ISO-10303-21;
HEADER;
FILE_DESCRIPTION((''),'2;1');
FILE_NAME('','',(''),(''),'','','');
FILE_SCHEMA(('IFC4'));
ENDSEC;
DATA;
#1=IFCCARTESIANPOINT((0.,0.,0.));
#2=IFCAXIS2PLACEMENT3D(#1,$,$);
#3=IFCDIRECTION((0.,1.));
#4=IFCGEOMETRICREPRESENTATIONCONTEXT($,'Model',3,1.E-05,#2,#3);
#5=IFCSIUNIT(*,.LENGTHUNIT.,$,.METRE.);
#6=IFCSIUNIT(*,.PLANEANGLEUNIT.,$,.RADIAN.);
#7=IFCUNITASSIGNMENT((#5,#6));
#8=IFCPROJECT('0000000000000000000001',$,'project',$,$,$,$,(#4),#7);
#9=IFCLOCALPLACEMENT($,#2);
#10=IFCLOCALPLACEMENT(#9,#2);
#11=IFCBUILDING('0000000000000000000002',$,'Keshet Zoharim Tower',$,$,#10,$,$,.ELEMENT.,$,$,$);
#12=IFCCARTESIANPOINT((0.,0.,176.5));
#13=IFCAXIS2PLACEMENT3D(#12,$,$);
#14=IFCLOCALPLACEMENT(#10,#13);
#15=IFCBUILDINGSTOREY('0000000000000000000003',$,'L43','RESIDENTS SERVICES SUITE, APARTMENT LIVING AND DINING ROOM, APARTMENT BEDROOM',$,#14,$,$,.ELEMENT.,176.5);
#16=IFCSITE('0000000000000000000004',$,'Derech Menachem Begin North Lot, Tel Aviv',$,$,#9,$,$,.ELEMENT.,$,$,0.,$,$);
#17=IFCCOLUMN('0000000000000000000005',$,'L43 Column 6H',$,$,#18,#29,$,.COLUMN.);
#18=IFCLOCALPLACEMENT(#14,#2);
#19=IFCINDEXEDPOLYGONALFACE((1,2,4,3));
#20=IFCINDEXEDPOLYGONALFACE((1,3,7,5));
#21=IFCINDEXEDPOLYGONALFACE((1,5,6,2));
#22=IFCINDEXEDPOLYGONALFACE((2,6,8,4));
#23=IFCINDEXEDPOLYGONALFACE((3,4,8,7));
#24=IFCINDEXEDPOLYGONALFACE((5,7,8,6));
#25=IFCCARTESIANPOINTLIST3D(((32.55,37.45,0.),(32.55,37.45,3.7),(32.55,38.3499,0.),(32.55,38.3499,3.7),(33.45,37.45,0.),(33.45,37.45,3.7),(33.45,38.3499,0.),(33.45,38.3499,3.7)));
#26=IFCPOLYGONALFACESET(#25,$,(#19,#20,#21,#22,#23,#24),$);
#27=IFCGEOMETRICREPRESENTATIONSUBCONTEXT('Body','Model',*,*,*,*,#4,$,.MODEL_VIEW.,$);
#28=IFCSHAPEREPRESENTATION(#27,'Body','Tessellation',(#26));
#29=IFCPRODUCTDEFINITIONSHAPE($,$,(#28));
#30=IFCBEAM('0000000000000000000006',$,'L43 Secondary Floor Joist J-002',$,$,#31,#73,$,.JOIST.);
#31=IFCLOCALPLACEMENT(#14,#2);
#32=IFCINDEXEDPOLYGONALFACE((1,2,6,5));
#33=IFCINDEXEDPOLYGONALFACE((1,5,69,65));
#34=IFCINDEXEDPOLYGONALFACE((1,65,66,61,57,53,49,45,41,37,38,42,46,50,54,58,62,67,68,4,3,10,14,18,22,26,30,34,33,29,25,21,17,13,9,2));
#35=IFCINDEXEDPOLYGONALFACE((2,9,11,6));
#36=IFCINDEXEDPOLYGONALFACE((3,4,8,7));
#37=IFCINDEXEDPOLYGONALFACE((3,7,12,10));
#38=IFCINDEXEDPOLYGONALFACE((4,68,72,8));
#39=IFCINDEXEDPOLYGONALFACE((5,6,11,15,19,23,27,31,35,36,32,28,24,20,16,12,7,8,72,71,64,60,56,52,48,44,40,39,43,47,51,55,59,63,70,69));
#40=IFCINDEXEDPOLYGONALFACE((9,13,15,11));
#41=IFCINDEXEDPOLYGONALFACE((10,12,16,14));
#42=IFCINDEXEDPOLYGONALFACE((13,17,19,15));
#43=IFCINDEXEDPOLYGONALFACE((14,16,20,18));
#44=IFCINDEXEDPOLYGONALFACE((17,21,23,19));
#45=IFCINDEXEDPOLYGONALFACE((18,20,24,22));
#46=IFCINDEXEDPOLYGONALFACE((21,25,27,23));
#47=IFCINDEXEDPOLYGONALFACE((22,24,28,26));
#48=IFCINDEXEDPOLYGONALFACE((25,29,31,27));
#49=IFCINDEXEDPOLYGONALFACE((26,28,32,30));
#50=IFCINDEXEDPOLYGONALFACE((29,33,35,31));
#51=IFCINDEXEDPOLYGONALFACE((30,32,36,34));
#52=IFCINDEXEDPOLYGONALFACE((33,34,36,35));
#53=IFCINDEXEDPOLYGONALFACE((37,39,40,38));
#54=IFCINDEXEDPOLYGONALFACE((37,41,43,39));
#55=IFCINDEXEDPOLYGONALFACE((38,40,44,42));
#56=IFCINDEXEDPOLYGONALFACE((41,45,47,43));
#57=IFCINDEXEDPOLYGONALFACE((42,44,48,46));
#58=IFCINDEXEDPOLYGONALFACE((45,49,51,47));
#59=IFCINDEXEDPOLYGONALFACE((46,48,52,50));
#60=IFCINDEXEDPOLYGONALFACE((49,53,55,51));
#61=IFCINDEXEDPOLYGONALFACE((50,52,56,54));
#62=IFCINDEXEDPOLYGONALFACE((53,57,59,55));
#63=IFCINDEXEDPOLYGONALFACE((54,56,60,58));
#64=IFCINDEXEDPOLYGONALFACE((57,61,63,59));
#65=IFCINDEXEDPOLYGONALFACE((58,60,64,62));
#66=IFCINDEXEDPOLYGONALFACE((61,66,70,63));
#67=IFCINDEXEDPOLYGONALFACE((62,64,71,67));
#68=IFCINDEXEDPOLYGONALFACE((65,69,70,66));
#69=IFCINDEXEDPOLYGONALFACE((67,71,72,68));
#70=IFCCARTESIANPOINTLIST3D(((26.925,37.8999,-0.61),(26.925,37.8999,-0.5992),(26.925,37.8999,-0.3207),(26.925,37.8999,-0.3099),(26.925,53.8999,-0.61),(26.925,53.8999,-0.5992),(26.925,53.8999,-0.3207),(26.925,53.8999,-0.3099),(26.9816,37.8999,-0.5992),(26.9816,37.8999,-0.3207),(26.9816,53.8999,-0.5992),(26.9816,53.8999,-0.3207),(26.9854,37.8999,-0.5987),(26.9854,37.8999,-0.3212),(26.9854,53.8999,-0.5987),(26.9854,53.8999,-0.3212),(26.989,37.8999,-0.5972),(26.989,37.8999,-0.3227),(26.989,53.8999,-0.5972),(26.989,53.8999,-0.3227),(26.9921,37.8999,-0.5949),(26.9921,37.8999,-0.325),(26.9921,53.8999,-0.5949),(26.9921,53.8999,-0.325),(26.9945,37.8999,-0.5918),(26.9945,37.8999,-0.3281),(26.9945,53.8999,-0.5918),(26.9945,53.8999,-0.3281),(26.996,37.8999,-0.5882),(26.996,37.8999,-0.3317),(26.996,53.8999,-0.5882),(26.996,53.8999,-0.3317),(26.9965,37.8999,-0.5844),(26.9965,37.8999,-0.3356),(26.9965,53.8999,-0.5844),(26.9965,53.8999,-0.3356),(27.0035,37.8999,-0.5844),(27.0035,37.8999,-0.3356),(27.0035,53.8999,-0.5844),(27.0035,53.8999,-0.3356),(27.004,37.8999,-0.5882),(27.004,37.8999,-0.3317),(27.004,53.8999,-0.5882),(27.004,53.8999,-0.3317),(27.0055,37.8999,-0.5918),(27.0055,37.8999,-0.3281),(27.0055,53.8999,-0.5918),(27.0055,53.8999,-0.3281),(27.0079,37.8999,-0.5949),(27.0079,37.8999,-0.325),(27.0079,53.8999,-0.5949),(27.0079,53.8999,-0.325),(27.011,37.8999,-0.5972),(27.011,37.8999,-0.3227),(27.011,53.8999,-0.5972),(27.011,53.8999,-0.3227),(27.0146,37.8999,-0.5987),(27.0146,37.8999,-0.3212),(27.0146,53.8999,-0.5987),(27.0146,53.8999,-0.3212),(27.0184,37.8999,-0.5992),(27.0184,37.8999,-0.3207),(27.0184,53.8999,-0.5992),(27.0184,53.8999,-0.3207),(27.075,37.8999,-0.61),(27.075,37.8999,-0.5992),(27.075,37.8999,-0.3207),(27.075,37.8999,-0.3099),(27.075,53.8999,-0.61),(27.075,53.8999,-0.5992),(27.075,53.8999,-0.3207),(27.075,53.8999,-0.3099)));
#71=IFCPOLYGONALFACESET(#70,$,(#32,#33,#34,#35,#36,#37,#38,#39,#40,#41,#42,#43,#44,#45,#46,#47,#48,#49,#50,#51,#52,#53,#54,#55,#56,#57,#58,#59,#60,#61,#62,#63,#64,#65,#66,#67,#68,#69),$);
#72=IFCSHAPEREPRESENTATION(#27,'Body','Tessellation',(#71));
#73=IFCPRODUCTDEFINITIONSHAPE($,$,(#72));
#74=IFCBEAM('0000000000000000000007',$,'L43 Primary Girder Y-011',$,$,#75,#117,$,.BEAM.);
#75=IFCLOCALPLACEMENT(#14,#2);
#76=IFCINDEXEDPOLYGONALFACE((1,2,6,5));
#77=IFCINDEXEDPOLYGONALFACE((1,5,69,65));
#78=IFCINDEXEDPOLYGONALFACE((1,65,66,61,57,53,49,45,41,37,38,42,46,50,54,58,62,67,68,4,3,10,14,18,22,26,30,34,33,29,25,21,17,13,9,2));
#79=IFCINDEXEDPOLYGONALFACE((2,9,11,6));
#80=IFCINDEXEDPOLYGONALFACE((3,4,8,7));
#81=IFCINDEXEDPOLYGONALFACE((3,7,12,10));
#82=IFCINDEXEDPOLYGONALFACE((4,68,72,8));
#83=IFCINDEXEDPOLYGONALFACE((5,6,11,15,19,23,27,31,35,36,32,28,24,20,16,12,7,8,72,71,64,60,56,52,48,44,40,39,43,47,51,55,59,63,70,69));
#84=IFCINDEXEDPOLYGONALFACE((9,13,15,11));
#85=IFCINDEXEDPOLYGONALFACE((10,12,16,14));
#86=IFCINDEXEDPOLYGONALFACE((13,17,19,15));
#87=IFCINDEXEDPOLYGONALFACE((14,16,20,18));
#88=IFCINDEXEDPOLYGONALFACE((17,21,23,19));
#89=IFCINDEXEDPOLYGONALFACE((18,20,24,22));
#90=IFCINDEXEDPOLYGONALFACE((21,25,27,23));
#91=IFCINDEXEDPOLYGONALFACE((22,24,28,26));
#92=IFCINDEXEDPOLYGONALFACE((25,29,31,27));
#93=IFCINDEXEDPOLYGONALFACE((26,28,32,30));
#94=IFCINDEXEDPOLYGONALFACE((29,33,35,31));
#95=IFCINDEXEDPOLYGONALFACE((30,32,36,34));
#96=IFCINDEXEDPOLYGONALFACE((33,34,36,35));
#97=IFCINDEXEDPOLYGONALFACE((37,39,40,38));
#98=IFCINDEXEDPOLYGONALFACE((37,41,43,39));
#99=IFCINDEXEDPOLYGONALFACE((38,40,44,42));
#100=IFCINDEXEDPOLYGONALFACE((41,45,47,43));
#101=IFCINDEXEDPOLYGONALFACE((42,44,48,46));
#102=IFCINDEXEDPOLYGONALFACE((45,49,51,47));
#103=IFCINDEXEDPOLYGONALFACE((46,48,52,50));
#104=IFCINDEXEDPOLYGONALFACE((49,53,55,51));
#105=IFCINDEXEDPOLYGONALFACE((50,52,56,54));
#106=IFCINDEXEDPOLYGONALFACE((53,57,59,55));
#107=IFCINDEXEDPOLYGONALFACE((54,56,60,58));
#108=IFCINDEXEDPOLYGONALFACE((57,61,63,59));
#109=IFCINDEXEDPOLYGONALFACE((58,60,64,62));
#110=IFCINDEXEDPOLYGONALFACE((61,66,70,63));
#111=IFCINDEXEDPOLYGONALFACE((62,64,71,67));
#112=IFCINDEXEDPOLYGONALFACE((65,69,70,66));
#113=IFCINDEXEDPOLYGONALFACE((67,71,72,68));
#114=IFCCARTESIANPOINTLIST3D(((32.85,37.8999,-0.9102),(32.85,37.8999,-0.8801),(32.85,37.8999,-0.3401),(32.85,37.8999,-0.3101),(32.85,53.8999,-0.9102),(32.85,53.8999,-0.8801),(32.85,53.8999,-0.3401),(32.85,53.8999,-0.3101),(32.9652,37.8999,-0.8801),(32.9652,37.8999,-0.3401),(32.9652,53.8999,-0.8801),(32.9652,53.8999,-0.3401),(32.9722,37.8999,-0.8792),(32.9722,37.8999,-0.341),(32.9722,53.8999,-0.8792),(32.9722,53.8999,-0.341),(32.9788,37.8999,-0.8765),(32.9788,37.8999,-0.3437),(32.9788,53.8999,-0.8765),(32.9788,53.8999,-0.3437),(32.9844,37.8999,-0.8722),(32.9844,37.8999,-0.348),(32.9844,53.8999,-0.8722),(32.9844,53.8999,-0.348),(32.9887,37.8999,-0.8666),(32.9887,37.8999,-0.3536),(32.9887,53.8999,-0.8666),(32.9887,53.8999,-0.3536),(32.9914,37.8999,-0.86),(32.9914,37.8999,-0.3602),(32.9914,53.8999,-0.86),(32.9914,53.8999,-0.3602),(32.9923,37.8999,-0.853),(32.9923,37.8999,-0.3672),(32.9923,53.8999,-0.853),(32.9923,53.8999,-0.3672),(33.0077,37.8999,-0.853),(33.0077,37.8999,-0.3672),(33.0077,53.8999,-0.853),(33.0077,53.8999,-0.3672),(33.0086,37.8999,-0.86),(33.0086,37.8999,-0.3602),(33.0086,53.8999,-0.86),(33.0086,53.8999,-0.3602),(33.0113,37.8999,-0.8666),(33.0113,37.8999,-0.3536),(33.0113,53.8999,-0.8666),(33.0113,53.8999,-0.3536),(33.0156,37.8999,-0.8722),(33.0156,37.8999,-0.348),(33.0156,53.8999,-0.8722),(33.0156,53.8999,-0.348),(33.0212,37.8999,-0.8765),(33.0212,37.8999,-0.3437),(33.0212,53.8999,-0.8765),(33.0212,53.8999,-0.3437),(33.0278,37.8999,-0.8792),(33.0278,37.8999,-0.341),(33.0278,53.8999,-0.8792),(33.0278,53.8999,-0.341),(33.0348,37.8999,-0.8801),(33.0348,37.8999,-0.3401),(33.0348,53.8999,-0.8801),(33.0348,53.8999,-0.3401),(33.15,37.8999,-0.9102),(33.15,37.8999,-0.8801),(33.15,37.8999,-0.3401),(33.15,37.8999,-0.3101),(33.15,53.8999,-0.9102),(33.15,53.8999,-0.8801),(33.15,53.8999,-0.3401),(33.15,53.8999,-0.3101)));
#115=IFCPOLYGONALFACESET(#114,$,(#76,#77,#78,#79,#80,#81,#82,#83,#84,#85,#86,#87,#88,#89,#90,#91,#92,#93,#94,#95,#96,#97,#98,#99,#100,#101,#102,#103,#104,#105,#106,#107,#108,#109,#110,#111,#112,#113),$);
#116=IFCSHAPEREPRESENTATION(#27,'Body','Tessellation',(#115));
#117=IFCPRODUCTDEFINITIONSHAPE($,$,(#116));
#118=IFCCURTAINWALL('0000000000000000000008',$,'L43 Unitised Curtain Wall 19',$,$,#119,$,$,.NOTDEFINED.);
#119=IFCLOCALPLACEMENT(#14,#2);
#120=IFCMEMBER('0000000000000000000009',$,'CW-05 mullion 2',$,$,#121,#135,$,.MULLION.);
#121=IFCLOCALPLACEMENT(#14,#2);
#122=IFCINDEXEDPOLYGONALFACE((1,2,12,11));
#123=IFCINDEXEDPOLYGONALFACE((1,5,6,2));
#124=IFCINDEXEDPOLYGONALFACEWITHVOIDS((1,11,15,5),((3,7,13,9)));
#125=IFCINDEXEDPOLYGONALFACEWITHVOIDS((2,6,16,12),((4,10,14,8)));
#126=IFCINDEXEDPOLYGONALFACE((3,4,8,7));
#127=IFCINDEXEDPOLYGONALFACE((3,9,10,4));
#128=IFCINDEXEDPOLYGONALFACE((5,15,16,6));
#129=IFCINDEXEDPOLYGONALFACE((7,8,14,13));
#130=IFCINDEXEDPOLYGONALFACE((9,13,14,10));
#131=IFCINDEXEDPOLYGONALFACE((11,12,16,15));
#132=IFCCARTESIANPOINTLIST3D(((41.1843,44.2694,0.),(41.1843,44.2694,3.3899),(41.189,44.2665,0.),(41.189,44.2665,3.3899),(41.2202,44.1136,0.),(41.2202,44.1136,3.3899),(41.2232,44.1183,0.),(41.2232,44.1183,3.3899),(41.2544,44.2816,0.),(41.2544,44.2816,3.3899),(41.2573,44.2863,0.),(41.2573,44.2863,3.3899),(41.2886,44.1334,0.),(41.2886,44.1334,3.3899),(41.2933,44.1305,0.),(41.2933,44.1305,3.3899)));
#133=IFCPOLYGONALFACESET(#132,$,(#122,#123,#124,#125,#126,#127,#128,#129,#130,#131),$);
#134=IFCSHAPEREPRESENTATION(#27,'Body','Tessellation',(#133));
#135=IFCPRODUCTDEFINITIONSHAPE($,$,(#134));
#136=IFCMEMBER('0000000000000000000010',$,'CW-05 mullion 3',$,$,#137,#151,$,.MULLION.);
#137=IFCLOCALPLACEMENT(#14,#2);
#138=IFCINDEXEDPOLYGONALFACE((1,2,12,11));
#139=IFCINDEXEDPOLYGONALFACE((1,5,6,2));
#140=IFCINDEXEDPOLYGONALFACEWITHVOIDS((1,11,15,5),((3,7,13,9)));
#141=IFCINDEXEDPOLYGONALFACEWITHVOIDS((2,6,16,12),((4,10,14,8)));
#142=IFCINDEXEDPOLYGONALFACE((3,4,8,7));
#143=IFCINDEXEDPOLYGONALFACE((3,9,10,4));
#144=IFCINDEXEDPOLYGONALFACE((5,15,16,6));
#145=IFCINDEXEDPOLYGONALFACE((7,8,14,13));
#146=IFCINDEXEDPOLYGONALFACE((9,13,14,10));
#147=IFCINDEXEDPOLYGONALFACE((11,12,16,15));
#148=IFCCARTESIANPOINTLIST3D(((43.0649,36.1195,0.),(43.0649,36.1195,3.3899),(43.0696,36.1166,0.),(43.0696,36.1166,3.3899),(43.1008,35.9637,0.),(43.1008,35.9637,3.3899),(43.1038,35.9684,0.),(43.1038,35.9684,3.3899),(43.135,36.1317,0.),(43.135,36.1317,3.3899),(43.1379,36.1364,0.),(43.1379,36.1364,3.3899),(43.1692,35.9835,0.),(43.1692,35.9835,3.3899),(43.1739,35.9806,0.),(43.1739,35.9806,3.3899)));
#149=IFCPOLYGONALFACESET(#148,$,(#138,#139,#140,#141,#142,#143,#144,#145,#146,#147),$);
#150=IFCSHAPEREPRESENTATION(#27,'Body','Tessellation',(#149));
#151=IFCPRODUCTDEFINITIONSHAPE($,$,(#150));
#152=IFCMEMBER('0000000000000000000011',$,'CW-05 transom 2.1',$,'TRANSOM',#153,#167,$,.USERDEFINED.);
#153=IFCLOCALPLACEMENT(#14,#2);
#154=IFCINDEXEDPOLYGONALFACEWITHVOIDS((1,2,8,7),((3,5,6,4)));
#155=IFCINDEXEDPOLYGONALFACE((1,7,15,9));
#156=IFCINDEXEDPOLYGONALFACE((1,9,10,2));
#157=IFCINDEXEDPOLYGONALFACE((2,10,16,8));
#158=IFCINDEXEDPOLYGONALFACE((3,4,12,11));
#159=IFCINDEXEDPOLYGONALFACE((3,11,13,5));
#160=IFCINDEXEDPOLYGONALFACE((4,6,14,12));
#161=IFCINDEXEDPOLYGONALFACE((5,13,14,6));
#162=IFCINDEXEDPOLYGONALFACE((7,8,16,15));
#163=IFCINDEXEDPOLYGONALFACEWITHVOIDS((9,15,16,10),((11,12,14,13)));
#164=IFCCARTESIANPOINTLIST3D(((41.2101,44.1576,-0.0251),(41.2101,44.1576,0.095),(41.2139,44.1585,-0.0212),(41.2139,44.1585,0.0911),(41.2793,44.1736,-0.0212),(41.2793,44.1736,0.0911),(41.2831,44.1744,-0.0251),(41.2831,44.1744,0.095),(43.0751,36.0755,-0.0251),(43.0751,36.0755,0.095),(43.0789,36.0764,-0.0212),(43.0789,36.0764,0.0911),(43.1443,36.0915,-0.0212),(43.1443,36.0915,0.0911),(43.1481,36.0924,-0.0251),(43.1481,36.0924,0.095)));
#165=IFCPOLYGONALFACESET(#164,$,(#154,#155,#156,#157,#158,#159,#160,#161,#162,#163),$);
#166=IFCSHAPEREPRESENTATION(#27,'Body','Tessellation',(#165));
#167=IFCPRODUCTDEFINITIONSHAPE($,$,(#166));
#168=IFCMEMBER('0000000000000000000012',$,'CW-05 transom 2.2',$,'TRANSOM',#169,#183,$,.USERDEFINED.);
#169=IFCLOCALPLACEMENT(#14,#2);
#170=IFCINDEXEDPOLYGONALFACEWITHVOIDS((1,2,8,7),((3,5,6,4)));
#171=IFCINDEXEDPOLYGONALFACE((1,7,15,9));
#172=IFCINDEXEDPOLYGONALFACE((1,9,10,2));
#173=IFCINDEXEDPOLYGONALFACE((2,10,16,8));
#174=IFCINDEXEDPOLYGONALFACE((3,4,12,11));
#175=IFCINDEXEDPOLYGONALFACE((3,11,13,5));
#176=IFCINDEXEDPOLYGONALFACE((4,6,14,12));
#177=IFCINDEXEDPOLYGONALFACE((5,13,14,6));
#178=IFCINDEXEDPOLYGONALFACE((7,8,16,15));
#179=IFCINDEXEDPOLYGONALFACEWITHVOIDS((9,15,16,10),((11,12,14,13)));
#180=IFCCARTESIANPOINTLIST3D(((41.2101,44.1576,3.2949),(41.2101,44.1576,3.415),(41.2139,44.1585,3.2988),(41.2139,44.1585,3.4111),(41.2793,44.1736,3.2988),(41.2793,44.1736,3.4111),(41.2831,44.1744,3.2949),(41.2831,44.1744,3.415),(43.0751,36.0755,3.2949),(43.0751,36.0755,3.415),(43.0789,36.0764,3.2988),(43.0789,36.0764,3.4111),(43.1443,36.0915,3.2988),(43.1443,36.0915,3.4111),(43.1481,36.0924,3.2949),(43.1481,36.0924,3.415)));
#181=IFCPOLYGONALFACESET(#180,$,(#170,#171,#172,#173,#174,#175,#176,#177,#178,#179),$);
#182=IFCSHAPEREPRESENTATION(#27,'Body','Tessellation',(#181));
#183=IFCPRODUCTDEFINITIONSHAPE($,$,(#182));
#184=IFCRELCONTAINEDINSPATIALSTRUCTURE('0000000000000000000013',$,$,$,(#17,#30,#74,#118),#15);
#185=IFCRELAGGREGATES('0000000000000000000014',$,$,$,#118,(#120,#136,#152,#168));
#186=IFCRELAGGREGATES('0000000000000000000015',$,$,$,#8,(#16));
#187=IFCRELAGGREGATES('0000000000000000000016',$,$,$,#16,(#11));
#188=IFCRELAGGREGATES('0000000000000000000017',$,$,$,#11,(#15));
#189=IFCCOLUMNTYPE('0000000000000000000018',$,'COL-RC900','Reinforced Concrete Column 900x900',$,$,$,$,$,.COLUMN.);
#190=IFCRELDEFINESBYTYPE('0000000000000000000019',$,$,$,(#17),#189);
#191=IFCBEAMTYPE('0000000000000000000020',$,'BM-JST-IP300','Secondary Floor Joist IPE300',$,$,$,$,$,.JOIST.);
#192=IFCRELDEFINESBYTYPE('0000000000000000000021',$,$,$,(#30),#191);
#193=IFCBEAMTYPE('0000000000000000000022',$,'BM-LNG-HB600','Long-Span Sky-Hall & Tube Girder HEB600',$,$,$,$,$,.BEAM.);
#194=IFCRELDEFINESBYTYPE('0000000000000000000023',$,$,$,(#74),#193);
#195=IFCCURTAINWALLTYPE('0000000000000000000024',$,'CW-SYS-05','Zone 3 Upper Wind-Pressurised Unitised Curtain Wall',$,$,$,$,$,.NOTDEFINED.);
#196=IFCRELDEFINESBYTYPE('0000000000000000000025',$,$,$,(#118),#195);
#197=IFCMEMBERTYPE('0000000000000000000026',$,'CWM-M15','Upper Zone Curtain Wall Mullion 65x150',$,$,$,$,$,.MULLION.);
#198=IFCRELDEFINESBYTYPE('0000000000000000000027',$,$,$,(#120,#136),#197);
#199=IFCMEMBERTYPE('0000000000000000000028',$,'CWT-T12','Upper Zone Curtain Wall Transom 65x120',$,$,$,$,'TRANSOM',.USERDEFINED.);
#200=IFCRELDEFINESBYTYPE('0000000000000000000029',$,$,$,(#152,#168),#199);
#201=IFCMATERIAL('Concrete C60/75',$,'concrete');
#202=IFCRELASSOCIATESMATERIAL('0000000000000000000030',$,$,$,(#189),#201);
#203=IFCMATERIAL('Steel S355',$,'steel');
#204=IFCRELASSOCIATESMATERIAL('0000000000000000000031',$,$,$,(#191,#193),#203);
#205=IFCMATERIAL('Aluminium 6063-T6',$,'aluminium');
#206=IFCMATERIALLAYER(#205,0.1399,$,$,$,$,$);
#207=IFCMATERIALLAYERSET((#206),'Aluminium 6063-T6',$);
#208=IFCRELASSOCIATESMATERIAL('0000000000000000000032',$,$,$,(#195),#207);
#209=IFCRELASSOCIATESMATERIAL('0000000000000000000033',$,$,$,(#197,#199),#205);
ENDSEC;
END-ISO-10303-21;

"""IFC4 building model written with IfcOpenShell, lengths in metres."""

from ifc_helpers import new_model, si_unit, direction, frame, origin, origin_2d, place, context, subcontext, project, spatial, rectangle, hollow_rectangle, i_section, extrude, material, layer, layer_set, material_profile, profile_set, type_object, element, aggregate, save


model = new_model("IFC4")

# Units and contexts
model_context = context("Model", 3, precision=1e-05, world=origin(), true_north=direction((0.0, 1.0)))
body_context = subcontext(model_context, "Body", "Model", "MODEL_VIEW")
ifc_project = project(units=[si_unit("LENGTHUNIT", "METRE"), si_unit("PLANEANGLEUNIT", "RADIAN")], contexts=[model_context])

# Site, building, storey
site_placement = place(None, origin())
site = spatial("IfcSite", under=ifc_project, at=site_placement, Name="Derech Menachem Begin North Lot, Tel Aviv", CompositionType="ELEMENT", RefElevation=0.0)
building_placement = place(site_placement, origin())
building = spatial("IfcBuilding", under=site, at=building_placement, Name="Keshet Zoharim Tower", CompositionType="ELEMENT")
storey_placement = place(building_placement, frame((0.0, 0.0, 176.5)))
storey = spatial("IfcBuildingStorey", under=building, at=storey_placement, Name="L43", Description="RESIDENTS SERVICES SUITE, APARTMENT LIVING AND DINING ROOM, APARTMENT BEDROOM", CompositionType="ELEMENT", Elevation=176.5)

# Column
ifc_material_1 = material(Name="Concrete C60/75", Category="concrete")
ifc_material_profile_1 = material_profile(ifc_material_1, rectangle(XDim=0.8999, YDim=0.8999, at=origin_2d()), Name="RC900x900")
ifc_profile_set_1 = profile_set([ifc_material_profile_1], Name="Concrete C60/75")
column_type = type_object("IfcColumnType", Name="COL-RC900", Description="Reinforced Concrete Column 900x900", PredefinedType="COLUMN", material=ifc_profile_set_1)
column_placement = place(storey_placement, frame((33.0, 37.8999, 0.0), z_axis=(0.0, 0.0, 1.0), x_axis=(1.0, 0.0, 0.0)))
element("IfcColumn", 1, at=column_placement, inside=storey, type_object=column_type, Name="L43 Column 6H", PredefinedType="COLUMN", context=body_context, shape_type="SweptSolid", body=[
    extrude(rectangle(XDim=0.8999, YDim=0.8999, at=origin_2d()), origin(), (0.0, 0.0, 1.0), 3.7),
])

# Beams
ifc_material_2 = material(Name="Steel S355", Category="steel")
ifc_material_profile_2 = material_profile(ifc_material_2, i_section(OverallWidth=0.1499, OverallDepth=0.3, WebThickness=0.0071, FlangeThickness=0.0107, FilletRadius=0.0149, at=origin_2d()), Name="IPE300")
ifc_profile_set_2 = profile_set([ifc_material_profile_2], Name="Steel S355")
beam_type_1 = type_object("IfcBeamType", Name="BM-JST-IP300", Description="Secondary Floor Joist IPE300", PredefinedType="JOIST", material=ifc_profile_set_2)
beam_1_placement = place(storey_placement, frame((27.0, 37.8999, -0.46), z_axis=(0.0, 1.0, 0.0), x_axis=(-1.0, 0.0, 0.0)))
element("IfcBeam", 2, at=beam_1_placement, inside=storey, type_object=beam_type_1, Name="L43 Secondary Floor Joist J-002", PredefinedType="JOIST", context=body_context, shape_type="SweptSolid", body=[
    extrude(i_section(OverallWidth=0.1499, OverallDepth=0.3, WebThickness=0.0071, FlangeThickness=0.0107, FilletRadius=0.0149, at=origin_2d()), origin(), (0.0, 0.0, 1.0), 16.0),
])
ifc_material_profile_3 = material_profile(ifc_material_2, i_section(OverallWidth=0.3, OverallDepth=0.6001, WebThickness=0.0154, FlangeThickness=0.03, FilletRadius=0.0271, at=origin_2d()), Name="HEB600")
ifc_profile_set_3 = profile_set([ifc_material_profile_3], Name="Steel S355")
beam_type_2 = type_object("IfcBeamType", Name="BM-LNG-HB600", Description="Long-Span Sky-Hall & Tube Girder HEB600", PredefinedType="BEAM", material=ifc_profile_set_3)
beam_2_placement = place(storey_placement, frame((33.0, 37.8999, -0.6101), z_axis=(0.0, 1.0, 0.0), x_axis=(-1.0, 0.0, 0.0)))
element("IfcBeam", 3, at=beam_2_placement, inside=storey, type_object=beam_type_2, Name="L43 Primary Girder Y-011", PredefinedType="BEAM", context=body_context, shape_type="SweptSolid", body=[
    extrude(i_section(OverallWidth=0.3, OverallDepth=0.6001, WebThickness=0.0154, FlangeThickness=0.03, FilletRadius=0.0271, at=origin_2d()), origin(), (0.0, 0.0, 1.0), 16.0),
])

# Curtain wall, members
ifc_material_3 = material(Name="Aluminium 6063-T6", Category="aluminium")
ifc_layer_1 = layer(ifc_material_3, 0.1399)
ifc_layer_set_1 = layer_set([ifc_layer_1], Name="Aluminium 6063-T6")
curtain_wall_type = type_object("IfcCurtainWallType", Name="CW-SYS-05", Description="Zone 3 Upper Wind-Pressurised Unitised Curtain Wall", PredefinedType="NOTDEFINED", material=ifc_layer_set_1)
curtain_wall_placement = place(storey_placement, origin())
curtain_wall = element("IfcCurtainWall", 4, at=curtain_wall_placement, inside=storey, type_object=curtain_wall_type, Name="L43 Unitised Curtain Wall 19", PredefinedType="NOTDEFINED")
ifc_material_profile_4 = material_profile(ifc_material_3, hollow_rectangle(XDim=0.075, YDim=0.1599, WallThickness=0.0039, at=origin_2d()), Name="MUL-75x160")
ifc_profile_set_4 = profile_set([ifc_material_profile_4], Name="Aluminium 6063-T6")
member_type_1 = type_object("IfcMemberType", Name="CWM-M15", Description="Upper Zone Curtain Wall Mullion 65x150", PredefinedType="MULLION", material=ifc_profile_set_4)
member_1_placement = place(storey_placement, frame((41.2388, 44.2, 0.0), z_axis=(0.0, 0.0, 1.0), x_axis=(0.974394, 0.224848, 0.0)))
member_1 = element("IfcMember", 5, at=member_1_placement, type_object=member_type_1, Name="CW-05 mullion 2", PredefinedType="MULLION", context=body_context, shape_type="SweptSolid", body=[
    extrude(hollow_rectangle(XDim=0.075, YDim=0.1599, WallThickness=0.0039, at=origin_2d()), origin(), (0.0, 0.0, 1.0), 3.3899),
])
member_2_placement = place(storey_placement, frame((43.1194, 36.05, 0.0), z_axis=(0.0, 0.0, 1.0), x_axis=(0.974394, 0.224848, 0.0)))
member_2 = element("IfcMember", 6, at=member_2_placement, type_object=member_type_1, Name="CW-05 mullion 3", PredefinedType="MULLION", context=body_context, shape_type="SweptSolid", body=[
    extrude(hollow_rectangle(XDim=0.075, YDim=0.1599, WallThickness=0.0039, at=origin_2d()), origin(), (0.0, 0.0, 1.0), 3.3899),
])
ifc_material_profile_5 = material_profile(ifc_material_3, hollow_rectangle(XDim=0.075, YDim=0.1201, WallThickness=0.0039, at=origin_2d()), Name="TRN-75x120")
ifc_profile_set_5 = profile_set([ifc_material_profile_5], Name="Aluminium 6063-T6")
member_type_2 = type_object("IfcMemberType", Name="CWT-T12", Description="Upper Zone Curtain Wall Transom 65x120", ElementType="TRANSOM", PredefinedType="USERDEFINED", material=ifc_profile_set_5)
member_3_placement = place(storey_placement, frame((41.2466, 44.166, 0.0349), z_axis=(0.224849, -0.974394, 0.0), x_axis=(0.974394, 0.224849, 0.0)))
member_3 = element("IfcMember", 7, at=member_3_placement, type_object=member_type_2, Name="CW-05 transom 2.1", ObjectType="TRANSOM", PredefinedType="USERDEFINED", context=body_context, shape_type="SweptSolid", body=[
    extrude(hollow_rectangle(XDim=0.075, YDim=0.1201, WallThickness=0.0039, at=origin_2d()), origin(), (0.0, 0.0, 1.0), 8.2944),
])
member_4_placement = place(storey_placement, frame((41.2466, 44.166, 3.355), z_axis=(0.224849, -0.974394, 0.0), x_axis=(0.974394, 0.224849, 0.0)))
member_4 = element("IfcMember", 8, at=member_4_placement, type_object=member_type_2, Name="CW-05 transom 2.2", ObjectType="TRANSOM", PredefinedType="USERDEFINED", context=body_context, shape_type="SweptSolid", body=[
    extrude(hollow_rectangle(XDim=0.075, YDim=0.1201, WallThickness=0.0039, at=origin_2d()), origin(), (0.0, 0.0, 1.0), 8.2944),
])
aggregate(curtain_wall, [member_1, member_2, member_3, member_4])

save(model, "model.ifc")
